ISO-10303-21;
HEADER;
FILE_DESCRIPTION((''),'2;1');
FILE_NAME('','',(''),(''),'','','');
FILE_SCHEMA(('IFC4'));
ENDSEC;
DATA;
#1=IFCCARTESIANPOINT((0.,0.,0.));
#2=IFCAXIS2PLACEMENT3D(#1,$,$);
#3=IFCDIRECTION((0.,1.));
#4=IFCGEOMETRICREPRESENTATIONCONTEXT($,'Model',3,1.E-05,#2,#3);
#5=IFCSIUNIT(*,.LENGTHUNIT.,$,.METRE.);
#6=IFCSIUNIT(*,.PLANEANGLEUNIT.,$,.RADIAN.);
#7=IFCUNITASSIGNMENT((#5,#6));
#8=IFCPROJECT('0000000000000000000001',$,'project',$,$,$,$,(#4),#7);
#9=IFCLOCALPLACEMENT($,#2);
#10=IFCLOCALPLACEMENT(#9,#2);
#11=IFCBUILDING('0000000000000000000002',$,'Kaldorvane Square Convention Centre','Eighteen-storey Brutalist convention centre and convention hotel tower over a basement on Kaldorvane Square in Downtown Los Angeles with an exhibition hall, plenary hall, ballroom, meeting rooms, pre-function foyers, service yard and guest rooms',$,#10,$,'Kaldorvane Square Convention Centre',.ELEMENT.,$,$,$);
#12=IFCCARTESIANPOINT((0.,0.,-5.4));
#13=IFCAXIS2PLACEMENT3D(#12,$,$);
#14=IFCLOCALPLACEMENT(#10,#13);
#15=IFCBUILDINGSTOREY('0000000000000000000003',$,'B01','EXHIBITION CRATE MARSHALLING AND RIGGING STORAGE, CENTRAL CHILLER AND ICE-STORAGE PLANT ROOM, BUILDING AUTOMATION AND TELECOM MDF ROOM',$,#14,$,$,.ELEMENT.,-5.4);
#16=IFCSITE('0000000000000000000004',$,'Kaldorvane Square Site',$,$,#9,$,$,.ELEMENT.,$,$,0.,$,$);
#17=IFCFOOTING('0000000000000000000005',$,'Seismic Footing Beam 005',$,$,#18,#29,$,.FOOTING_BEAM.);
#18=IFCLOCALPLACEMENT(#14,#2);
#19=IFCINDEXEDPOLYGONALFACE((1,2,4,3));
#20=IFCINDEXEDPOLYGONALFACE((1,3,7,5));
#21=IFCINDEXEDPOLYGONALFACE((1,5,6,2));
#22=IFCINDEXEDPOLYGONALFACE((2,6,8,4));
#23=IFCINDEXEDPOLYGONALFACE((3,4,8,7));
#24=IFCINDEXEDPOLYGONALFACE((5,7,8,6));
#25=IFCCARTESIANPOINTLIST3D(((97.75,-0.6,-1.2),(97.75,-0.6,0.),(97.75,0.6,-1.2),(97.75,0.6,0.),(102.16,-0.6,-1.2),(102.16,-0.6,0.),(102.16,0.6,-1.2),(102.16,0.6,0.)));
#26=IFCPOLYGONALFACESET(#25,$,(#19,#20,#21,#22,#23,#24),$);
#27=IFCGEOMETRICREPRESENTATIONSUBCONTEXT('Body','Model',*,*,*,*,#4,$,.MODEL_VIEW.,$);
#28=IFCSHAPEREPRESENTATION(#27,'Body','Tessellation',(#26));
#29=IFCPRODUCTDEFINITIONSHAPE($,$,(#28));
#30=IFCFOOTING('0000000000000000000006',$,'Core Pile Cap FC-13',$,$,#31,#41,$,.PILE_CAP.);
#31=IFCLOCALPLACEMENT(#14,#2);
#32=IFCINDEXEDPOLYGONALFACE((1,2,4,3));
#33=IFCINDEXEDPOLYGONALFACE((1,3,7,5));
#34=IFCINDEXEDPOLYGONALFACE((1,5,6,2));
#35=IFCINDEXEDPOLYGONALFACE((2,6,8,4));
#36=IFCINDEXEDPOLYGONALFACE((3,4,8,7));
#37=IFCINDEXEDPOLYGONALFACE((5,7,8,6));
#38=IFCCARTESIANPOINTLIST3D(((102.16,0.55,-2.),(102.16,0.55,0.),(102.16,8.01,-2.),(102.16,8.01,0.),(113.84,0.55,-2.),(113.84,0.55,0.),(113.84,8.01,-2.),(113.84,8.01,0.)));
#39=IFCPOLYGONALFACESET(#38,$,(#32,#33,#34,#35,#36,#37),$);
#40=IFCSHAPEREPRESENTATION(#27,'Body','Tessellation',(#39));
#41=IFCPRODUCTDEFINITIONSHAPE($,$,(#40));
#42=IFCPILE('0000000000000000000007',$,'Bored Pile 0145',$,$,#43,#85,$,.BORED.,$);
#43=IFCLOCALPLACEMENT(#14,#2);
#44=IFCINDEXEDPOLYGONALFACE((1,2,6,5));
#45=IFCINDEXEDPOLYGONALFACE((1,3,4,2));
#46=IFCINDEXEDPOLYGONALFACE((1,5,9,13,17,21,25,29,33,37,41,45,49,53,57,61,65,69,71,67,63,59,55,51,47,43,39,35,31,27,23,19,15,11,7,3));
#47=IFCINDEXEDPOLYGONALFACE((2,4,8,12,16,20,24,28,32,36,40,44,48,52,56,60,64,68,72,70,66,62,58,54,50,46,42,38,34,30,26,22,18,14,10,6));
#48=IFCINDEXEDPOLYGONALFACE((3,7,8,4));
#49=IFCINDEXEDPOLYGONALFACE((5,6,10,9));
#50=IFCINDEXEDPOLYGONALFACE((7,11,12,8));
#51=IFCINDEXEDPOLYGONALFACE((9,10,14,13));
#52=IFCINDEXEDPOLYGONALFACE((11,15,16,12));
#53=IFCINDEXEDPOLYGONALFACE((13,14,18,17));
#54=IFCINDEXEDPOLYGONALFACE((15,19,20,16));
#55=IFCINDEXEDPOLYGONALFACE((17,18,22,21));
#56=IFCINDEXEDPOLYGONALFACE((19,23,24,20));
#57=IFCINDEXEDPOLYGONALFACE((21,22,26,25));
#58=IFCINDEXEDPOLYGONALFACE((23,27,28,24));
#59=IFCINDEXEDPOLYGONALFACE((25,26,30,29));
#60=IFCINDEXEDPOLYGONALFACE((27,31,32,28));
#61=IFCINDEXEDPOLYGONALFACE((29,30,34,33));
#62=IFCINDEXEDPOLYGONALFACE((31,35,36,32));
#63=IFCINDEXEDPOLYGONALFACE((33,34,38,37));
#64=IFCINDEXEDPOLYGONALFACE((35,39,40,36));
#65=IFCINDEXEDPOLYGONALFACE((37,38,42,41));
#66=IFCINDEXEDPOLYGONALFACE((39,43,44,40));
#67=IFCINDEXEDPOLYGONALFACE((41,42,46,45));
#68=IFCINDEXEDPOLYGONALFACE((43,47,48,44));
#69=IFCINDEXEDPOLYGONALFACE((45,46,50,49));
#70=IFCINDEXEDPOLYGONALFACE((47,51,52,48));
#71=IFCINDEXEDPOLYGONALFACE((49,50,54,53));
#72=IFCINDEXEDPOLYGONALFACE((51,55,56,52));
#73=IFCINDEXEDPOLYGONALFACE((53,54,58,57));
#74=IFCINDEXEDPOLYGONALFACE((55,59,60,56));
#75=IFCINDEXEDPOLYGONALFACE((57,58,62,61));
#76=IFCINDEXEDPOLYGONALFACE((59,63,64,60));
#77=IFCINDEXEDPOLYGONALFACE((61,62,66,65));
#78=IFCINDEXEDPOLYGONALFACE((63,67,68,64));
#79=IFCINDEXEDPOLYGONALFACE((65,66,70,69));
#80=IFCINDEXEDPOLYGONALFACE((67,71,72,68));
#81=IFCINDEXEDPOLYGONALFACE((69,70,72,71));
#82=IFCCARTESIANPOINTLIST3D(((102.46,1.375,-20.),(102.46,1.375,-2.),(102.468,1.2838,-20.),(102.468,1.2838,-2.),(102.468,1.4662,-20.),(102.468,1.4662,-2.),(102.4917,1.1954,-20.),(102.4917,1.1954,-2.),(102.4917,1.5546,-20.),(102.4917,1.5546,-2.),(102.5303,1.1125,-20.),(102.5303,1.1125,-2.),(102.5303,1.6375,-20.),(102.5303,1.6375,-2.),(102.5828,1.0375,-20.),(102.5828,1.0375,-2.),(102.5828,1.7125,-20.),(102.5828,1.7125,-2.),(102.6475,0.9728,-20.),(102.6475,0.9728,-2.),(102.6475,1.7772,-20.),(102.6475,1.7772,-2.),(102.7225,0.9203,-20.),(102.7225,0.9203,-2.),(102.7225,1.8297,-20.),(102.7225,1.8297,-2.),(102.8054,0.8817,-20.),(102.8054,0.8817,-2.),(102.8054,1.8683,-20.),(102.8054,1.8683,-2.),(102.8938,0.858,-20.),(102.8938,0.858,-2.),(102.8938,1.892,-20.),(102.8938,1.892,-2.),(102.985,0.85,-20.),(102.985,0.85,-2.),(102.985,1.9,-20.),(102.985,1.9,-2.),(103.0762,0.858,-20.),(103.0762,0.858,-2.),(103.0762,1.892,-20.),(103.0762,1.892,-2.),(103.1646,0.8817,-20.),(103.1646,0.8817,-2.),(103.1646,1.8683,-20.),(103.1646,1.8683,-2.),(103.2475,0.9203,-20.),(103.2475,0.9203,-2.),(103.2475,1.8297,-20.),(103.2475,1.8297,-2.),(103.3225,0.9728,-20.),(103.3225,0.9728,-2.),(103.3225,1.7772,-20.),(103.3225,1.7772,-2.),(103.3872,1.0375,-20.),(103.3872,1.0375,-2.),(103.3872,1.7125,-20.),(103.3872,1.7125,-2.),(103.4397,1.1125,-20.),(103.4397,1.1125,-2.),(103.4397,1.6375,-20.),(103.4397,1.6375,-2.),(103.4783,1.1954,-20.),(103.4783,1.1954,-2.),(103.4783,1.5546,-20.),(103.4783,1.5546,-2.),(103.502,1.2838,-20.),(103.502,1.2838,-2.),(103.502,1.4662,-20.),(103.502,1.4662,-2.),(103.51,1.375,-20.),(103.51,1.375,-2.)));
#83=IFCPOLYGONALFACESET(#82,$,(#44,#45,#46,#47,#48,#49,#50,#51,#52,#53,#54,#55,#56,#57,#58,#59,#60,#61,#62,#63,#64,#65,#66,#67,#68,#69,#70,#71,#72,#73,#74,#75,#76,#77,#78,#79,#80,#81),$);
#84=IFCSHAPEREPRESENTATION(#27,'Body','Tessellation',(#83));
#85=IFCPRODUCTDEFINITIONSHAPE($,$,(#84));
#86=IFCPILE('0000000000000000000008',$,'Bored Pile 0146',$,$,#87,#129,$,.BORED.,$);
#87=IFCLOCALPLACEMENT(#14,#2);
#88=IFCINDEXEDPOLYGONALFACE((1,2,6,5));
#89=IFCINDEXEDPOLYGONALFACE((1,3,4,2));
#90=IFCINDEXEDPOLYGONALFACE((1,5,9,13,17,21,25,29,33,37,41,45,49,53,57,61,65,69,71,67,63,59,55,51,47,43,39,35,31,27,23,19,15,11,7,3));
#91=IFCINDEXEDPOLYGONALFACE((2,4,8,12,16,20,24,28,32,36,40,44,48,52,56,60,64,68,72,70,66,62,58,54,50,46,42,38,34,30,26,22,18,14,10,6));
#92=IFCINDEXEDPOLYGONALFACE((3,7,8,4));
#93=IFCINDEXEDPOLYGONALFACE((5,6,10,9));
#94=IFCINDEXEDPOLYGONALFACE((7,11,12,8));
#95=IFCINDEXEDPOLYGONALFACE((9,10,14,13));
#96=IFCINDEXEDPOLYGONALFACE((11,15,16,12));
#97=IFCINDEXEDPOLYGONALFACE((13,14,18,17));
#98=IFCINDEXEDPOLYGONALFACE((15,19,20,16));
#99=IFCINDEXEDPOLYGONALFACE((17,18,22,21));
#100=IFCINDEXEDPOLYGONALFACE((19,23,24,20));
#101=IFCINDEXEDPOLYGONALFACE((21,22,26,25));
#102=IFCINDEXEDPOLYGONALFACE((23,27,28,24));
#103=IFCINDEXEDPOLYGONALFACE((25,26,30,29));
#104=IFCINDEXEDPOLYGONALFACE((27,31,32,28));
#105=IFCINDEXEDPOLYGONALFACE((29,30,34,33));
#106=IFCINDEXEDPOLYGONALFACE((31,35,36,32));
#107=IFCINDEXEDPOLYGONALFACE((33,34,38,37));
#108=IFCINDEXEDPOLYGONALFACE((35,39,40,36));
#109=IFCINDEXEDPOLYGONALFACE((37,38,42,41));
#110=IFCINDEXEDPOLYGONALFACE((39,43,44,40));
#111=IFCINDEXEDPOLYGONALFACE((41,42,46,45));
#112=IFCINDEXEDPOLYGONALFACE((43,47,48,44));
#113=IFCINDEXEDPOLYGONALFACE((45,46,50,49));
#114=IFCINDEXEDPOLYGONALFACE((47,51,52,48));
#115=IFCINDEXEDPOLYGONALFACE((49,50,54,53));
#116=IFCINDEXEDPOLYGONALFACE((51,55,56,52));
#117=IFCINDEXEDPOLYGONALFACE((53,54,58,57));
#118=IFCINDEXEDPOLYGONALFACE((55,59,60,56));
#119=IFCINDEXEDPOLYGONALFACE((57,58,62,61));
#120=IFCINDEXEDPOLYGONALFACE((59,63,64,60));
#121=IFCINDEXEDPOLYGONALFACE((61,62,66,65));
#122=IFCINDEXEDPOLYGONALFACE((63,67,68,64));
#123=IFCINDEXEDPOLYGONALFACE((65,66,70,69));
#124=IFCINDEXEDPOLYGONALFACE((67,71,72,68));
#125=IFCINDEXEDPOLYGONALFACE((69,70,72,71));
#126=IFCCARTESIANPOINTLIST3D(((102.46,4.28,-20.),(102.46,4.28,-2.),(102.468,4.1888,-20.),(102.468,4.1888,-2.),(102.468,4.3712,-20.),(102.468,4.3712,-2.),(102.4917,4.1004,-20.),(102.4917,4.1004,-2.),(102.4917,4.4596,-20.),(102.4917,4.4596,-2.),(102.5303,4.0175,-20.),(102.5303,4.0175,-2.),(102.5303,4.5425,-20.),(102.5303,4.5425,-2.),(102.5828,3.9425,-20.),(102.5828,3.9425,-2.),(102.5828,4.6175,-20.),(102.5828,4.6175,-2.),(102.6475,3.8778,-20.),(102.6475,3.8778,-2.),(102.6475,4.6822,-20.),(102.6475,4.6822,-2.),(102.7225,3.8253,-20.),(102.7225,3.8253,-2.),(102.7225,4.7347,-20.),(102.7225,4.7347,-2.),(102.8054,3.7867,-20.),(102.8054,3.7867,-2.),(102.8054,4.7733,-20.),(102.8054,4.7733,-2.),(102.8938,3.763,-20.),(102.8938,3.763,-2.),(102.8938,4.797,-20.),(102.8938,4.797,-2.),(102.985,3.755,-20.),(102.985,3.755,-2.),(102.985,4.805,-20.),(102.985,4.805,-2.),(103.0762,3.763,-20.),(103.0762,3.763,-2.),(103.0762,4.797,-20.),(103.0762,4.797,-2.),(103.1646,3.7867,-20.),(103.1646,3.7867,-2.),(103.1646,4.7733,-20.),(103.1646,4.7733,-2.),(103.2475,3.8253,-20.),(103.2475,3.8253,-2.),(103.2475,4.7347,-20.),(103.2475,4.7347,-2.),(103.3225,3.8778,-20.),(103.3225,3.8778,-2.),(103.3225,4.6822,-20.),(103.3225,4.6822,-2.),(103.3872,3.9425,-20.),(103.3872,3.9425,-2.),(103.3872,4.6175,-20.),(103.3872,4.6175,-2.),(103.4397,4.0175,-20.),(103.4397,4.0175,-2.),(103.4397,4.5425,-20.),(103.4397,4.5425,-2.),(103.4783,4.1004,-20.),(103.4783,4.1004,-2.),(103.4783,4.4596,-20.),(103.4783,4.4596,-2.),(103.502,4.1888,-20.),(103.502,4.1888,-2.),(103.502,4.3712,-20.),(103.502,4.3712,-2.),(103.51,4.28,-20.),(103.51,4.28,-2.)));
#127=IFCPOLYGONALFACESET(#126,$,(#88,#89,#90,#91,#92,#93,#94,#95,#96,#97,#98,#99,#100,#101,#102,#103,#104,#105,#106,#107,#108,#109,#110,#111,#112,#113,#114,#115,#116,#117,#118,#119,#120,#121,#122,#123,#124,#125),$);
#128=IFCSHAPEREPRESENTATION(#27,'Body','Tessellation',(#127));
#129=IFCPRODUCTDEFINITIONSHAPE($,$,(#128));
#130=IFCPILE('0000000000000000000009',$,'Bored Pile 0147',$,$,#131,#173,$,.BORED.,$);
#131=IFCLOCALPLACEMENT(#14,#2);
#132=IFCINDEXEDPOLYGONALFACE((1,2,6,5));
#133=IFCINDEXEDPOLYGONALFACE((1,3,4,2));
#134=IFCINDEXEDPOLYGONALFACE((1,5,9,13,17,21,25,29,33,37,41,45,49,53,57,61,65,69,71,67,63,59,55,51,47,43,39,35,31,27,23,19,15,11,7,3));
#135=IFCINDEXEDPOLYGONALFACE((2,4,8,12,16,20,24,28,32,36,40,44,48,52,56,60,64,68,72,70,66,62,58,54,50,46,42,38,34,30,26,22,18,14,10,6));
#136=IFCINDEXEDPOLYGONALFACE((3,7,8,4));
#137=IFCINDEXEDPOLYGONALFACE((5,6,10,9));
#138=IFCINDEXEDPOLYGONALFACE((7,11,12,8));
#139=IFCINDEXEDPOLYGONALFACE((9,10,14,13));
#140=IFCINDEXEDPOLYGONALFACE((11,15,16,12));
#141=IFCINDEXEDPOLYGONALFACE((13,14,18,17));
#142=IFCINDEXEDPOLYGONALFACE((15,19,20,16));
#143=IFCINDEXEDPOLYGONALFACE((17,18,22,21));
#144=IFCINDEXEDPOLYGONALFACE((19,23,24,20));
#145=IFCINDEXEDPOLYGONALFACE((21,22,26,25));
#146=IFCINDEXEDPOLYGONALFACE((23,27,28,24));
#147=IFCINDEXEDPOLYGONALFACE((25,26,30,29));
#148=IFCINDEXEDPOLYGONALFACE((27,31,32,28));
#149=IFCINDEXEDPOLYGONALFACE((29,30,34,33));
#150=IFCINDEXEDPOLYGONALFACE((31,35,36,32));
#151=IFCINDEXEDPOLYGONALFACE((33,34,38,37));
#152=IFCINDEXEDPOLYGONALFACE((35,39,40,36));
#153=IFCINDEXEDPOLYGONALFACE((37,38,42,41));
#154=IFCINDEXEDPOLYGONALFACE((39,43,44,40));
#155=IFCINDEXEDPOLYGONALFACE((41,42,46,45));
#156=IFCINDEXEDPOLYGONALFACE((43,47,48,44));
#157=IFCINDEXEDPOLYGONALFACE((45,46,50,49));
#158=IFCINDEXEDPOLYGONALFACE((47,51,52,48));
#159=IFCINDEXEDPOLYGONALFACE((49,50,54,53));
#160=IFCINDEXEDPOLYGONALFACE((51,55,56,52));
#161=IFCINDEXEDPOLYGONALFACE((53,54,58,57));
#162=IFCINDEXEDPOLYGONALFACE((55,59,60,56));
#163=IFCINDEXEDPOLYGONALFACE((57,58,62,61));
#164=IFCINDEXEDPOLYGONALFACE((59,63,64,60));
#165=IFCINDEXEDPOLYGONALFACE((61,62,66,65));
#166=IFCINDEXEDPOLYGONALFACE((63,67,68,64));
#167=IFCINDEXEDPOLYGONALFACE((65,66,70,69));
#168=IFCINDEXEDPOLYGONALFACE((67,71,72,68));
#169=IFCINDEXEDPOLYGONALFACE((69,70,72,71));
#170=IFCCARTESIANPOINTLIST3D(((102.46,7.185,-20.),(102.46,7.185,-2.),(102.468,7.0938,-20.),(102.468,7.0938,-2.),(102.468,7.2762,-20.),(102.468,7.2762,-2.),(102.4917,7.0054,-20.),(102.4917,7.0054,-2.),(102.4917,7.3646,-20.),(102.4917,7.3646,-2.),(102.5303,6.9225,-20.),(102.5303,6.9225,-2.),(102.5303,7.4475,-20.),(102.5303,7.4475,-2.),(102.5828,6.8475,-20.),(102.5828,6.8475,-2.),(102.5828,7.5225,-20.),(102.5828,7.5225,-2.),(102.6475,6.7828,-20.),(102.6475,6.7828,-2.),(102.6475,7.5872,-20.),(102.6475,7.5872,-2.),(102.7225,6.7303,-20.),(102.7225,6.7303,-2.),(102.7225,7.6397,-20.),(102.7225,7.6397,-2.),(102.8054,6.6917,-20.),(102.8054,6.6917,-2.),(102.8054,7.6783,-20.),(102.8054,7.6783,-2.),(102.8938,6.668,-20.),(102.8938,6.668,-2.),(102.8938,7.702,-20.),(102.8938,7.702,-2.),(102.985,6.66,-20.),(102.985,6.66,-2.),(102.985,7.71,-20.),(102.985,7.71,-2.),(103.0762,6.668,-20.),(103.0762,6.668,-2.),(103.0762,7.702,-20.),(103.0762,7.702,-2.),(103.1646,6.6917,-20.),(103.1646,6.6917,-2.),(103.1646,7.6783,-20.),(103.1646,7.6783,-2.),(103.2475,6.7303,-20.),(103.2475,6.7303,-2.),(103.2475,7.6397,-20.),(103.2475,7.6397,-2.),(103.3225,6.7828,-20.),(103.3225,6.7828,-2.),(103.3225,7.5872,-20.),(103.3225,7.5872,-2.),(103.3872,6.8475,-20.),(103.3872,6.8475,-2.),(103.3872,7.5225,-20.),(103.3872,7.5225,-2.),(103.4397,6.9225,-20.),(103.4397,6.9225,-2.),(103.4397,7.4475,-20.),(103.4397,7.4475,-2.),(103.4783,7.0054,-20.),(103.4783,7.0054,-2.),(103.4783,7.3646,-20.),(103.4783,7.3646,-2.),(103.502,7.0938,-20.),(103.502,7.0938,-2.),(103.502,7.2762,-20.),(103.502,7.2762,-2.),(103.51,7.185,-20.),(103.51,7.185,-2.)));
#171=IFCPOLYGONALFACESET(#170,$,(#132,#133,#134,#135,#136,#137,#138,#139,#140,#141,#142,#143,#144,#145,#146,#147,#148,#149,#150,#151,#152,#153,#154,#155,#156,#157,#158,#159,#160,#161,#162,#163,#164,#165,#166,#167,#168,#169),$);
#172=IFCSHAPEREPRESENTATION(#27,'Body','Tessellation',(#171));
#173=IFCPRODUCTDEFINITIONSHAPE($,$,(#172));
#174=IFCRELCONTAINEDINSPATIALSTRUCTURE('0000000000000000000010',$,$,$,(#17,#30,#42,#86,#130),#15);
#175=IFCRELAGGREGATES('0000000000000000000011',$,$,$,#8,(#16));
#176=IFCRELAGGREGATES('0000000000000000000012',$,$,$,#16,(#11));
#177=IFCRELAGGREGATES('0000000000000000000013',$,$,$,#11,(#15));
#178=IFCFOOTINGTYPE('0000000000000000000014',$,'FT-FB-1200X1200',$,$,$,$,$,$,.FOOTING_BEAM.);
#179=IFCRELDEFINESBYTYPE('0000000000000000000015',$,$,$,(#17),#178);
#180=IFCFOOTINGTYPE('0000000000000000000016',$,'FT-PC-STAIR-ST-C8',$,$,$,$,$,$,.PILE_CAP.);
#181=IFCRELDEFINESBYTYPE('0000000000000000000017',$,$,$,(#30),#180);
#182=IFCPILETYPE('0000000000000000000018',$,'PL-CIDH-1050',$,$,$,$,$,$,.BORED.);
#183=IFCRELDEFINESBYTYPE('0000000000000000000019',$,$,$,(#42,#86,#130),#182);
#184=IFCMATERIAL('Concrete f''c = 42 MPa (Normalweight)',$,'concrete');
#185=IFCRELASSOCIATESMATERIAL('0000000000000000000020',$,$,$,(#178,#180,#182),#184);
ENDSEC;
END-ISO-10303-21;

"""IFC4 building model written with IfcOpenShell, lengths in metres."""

from ifc_helpers import new_model, si_unit, direction, frame, origin, origin_2d, place, context, subcontext, project, spatial, rectangle, circle, extrude, material, material_profile, profile_set, type_object, element, save


model = new_model("IFC4")

# Units and contexts
model_context = context("Model", 3, precision=1e-05, world=origin(), true_north=direction((0.0, 1.0)))
body_context = subcontext(model_context, "Body", "Model", "MODEL_VIEW")
ifc_project = project(units=[si_unit("LENGTHUNIT", "METRE"), si_unit("PLANEANGLEUNIT", "RADIAN")], contexts=[model_context])

# Site, building, storey
site_placement = place(None, origin())
site = spatial("IfcSite", under=ifc_project, at=site_placement, Name="Kaldorvane Square Site", CompositionType="ELEMENT", RefElevation=0.0)
building_placement = place(site_placement, origin())
building = spatial("IfcBuilding", under=site, at=building_placement, Name="Kaldorvane Square Convention Centre", Description="Eighteen-storey Brutalist convention centre and convention hotel tower over a basement on Kaldorvane Square in Downtown Los Angeles with an exhibition hall, plenary hall, ballroom, meeting rooms, pre-function foyers, service yard and guest rooms", LongName="Kaldorvane Square Convention Centre", CompositionType="ELEMENT")
storey_placement = place(building_placement, frame((0.0, 0.0, -5.4)))
storey = spatial("IfcBuildingStorey", under=building, at=storey_placement, Name="B01", Description="EXHIBITION CRATE MARSHALLING AND RIGGING STORAGE, CENTRAL CHILLER AND ICE-STORAGE PLANT ROOM, BUILDING AUTOMATION AND TELECOM MDF ROOM", CompositionType="ELEMENT", Elevation=-5.4)

# Footings
ifc_material_1 = material(Name="Concrete f'c = 42 MPa (Normalweight)", Category="concrete")
footing_type_1 = type_object("IfcFootingType", Name="FT-FB-1200X1200", PredefinedType="FOOTING_BEAM", material=ifc_material_1)
footing_1_placement = place(storey_placement, frame((99.955, 0.0, -1.2), z_axis=(0.0, 0.0, 1.0), x_axis=(1.0, 0.0, 0.0)))
element("IfcFooting", 1, at=footing_1_placement, inside=storey, type_object=footing_type_1, Name="Seismic Footing Beam 005", PredefinedType="FOOTING_BEAM", context=body_context, shape_type="SweptSolid", body=[
    extrude(rectangle(XDim=4.41, YDim=1.2, at=origin_2d()), origin(), (0.0, 0.0, 1.0), 1.2),
])
footing_type_2 = type_object("IfcFootingType", Name="FT-PC-STAIR-ST-C8", PredefinedType="PILE_CAP", material=ifc_material_1)
footing_2_placement = place(storey_placement, frame((108.0, 4.28, -2.0), z_axis=(0.0, 0.0, 1.0), x_axis=(1.0, 0.0, 0.0)))
element("IfcFooting", 2, at=footing_2_placement, inside=storey, type_object=footing_type_2, Name="Core Pile Cap FC-13", PredefinedType="PILE_CAP", context=body_context, shape_type="SweptSolid", body=[
    extrude(rectangle(XDim=11.68, YDim=7.46, at=origin_2d()), origin(), (0.0, 0.0, 1.0), 2.0),
])

# Piles
ifc_material_profile_1 = material_profile(ifc_material_1, circle(Radius=0.525, at=origin_2d()), Name="PILE-D1050")
ifc_profile_set_1 = profile_set([ifc_material_profile_1], Name="Concrete f'c = 42 MPa (Normalweight)")
pile_type_1 = type_object("IfcPileType", Name="PL-CIDH-1050", PredefinedType="BORED", material=ifc_profile_set_1)
for number, where, z_axis, x_axis, name in (
    (3, (102.985, 1.375, -2.0), (0.0, 0.0, -1.0), (1.0, 0.0, 0.0), "Bored Pile 0145"),
    (4, (102.985, 4.28, -2.0), (0.0, 0.0, -1.0), (1.0, 0.0, 0.0), "Bored Pile 0146"),
    (5, (102.985, 7.185, -2.0), (0.0, 0.0, -1.0), (1.0, 0.0, 0.0), "Bored Pile 0147"),
):
    element("IfcPile", number, at=place(storey_placement, frame(where, z_axis=z_axis, x_axis=x_axis)), inside=storey, type_object=pile_type_1, Name=name, PredefinedType="BORED", context=body_context, shape_type="SweptSolid", body=[
        extrude(circle(Radius=0.525, at=origin_2d()), origin(), (0.0, 0.0, 1.0), 18.0),
    ])

save(model, "model.ifc")
